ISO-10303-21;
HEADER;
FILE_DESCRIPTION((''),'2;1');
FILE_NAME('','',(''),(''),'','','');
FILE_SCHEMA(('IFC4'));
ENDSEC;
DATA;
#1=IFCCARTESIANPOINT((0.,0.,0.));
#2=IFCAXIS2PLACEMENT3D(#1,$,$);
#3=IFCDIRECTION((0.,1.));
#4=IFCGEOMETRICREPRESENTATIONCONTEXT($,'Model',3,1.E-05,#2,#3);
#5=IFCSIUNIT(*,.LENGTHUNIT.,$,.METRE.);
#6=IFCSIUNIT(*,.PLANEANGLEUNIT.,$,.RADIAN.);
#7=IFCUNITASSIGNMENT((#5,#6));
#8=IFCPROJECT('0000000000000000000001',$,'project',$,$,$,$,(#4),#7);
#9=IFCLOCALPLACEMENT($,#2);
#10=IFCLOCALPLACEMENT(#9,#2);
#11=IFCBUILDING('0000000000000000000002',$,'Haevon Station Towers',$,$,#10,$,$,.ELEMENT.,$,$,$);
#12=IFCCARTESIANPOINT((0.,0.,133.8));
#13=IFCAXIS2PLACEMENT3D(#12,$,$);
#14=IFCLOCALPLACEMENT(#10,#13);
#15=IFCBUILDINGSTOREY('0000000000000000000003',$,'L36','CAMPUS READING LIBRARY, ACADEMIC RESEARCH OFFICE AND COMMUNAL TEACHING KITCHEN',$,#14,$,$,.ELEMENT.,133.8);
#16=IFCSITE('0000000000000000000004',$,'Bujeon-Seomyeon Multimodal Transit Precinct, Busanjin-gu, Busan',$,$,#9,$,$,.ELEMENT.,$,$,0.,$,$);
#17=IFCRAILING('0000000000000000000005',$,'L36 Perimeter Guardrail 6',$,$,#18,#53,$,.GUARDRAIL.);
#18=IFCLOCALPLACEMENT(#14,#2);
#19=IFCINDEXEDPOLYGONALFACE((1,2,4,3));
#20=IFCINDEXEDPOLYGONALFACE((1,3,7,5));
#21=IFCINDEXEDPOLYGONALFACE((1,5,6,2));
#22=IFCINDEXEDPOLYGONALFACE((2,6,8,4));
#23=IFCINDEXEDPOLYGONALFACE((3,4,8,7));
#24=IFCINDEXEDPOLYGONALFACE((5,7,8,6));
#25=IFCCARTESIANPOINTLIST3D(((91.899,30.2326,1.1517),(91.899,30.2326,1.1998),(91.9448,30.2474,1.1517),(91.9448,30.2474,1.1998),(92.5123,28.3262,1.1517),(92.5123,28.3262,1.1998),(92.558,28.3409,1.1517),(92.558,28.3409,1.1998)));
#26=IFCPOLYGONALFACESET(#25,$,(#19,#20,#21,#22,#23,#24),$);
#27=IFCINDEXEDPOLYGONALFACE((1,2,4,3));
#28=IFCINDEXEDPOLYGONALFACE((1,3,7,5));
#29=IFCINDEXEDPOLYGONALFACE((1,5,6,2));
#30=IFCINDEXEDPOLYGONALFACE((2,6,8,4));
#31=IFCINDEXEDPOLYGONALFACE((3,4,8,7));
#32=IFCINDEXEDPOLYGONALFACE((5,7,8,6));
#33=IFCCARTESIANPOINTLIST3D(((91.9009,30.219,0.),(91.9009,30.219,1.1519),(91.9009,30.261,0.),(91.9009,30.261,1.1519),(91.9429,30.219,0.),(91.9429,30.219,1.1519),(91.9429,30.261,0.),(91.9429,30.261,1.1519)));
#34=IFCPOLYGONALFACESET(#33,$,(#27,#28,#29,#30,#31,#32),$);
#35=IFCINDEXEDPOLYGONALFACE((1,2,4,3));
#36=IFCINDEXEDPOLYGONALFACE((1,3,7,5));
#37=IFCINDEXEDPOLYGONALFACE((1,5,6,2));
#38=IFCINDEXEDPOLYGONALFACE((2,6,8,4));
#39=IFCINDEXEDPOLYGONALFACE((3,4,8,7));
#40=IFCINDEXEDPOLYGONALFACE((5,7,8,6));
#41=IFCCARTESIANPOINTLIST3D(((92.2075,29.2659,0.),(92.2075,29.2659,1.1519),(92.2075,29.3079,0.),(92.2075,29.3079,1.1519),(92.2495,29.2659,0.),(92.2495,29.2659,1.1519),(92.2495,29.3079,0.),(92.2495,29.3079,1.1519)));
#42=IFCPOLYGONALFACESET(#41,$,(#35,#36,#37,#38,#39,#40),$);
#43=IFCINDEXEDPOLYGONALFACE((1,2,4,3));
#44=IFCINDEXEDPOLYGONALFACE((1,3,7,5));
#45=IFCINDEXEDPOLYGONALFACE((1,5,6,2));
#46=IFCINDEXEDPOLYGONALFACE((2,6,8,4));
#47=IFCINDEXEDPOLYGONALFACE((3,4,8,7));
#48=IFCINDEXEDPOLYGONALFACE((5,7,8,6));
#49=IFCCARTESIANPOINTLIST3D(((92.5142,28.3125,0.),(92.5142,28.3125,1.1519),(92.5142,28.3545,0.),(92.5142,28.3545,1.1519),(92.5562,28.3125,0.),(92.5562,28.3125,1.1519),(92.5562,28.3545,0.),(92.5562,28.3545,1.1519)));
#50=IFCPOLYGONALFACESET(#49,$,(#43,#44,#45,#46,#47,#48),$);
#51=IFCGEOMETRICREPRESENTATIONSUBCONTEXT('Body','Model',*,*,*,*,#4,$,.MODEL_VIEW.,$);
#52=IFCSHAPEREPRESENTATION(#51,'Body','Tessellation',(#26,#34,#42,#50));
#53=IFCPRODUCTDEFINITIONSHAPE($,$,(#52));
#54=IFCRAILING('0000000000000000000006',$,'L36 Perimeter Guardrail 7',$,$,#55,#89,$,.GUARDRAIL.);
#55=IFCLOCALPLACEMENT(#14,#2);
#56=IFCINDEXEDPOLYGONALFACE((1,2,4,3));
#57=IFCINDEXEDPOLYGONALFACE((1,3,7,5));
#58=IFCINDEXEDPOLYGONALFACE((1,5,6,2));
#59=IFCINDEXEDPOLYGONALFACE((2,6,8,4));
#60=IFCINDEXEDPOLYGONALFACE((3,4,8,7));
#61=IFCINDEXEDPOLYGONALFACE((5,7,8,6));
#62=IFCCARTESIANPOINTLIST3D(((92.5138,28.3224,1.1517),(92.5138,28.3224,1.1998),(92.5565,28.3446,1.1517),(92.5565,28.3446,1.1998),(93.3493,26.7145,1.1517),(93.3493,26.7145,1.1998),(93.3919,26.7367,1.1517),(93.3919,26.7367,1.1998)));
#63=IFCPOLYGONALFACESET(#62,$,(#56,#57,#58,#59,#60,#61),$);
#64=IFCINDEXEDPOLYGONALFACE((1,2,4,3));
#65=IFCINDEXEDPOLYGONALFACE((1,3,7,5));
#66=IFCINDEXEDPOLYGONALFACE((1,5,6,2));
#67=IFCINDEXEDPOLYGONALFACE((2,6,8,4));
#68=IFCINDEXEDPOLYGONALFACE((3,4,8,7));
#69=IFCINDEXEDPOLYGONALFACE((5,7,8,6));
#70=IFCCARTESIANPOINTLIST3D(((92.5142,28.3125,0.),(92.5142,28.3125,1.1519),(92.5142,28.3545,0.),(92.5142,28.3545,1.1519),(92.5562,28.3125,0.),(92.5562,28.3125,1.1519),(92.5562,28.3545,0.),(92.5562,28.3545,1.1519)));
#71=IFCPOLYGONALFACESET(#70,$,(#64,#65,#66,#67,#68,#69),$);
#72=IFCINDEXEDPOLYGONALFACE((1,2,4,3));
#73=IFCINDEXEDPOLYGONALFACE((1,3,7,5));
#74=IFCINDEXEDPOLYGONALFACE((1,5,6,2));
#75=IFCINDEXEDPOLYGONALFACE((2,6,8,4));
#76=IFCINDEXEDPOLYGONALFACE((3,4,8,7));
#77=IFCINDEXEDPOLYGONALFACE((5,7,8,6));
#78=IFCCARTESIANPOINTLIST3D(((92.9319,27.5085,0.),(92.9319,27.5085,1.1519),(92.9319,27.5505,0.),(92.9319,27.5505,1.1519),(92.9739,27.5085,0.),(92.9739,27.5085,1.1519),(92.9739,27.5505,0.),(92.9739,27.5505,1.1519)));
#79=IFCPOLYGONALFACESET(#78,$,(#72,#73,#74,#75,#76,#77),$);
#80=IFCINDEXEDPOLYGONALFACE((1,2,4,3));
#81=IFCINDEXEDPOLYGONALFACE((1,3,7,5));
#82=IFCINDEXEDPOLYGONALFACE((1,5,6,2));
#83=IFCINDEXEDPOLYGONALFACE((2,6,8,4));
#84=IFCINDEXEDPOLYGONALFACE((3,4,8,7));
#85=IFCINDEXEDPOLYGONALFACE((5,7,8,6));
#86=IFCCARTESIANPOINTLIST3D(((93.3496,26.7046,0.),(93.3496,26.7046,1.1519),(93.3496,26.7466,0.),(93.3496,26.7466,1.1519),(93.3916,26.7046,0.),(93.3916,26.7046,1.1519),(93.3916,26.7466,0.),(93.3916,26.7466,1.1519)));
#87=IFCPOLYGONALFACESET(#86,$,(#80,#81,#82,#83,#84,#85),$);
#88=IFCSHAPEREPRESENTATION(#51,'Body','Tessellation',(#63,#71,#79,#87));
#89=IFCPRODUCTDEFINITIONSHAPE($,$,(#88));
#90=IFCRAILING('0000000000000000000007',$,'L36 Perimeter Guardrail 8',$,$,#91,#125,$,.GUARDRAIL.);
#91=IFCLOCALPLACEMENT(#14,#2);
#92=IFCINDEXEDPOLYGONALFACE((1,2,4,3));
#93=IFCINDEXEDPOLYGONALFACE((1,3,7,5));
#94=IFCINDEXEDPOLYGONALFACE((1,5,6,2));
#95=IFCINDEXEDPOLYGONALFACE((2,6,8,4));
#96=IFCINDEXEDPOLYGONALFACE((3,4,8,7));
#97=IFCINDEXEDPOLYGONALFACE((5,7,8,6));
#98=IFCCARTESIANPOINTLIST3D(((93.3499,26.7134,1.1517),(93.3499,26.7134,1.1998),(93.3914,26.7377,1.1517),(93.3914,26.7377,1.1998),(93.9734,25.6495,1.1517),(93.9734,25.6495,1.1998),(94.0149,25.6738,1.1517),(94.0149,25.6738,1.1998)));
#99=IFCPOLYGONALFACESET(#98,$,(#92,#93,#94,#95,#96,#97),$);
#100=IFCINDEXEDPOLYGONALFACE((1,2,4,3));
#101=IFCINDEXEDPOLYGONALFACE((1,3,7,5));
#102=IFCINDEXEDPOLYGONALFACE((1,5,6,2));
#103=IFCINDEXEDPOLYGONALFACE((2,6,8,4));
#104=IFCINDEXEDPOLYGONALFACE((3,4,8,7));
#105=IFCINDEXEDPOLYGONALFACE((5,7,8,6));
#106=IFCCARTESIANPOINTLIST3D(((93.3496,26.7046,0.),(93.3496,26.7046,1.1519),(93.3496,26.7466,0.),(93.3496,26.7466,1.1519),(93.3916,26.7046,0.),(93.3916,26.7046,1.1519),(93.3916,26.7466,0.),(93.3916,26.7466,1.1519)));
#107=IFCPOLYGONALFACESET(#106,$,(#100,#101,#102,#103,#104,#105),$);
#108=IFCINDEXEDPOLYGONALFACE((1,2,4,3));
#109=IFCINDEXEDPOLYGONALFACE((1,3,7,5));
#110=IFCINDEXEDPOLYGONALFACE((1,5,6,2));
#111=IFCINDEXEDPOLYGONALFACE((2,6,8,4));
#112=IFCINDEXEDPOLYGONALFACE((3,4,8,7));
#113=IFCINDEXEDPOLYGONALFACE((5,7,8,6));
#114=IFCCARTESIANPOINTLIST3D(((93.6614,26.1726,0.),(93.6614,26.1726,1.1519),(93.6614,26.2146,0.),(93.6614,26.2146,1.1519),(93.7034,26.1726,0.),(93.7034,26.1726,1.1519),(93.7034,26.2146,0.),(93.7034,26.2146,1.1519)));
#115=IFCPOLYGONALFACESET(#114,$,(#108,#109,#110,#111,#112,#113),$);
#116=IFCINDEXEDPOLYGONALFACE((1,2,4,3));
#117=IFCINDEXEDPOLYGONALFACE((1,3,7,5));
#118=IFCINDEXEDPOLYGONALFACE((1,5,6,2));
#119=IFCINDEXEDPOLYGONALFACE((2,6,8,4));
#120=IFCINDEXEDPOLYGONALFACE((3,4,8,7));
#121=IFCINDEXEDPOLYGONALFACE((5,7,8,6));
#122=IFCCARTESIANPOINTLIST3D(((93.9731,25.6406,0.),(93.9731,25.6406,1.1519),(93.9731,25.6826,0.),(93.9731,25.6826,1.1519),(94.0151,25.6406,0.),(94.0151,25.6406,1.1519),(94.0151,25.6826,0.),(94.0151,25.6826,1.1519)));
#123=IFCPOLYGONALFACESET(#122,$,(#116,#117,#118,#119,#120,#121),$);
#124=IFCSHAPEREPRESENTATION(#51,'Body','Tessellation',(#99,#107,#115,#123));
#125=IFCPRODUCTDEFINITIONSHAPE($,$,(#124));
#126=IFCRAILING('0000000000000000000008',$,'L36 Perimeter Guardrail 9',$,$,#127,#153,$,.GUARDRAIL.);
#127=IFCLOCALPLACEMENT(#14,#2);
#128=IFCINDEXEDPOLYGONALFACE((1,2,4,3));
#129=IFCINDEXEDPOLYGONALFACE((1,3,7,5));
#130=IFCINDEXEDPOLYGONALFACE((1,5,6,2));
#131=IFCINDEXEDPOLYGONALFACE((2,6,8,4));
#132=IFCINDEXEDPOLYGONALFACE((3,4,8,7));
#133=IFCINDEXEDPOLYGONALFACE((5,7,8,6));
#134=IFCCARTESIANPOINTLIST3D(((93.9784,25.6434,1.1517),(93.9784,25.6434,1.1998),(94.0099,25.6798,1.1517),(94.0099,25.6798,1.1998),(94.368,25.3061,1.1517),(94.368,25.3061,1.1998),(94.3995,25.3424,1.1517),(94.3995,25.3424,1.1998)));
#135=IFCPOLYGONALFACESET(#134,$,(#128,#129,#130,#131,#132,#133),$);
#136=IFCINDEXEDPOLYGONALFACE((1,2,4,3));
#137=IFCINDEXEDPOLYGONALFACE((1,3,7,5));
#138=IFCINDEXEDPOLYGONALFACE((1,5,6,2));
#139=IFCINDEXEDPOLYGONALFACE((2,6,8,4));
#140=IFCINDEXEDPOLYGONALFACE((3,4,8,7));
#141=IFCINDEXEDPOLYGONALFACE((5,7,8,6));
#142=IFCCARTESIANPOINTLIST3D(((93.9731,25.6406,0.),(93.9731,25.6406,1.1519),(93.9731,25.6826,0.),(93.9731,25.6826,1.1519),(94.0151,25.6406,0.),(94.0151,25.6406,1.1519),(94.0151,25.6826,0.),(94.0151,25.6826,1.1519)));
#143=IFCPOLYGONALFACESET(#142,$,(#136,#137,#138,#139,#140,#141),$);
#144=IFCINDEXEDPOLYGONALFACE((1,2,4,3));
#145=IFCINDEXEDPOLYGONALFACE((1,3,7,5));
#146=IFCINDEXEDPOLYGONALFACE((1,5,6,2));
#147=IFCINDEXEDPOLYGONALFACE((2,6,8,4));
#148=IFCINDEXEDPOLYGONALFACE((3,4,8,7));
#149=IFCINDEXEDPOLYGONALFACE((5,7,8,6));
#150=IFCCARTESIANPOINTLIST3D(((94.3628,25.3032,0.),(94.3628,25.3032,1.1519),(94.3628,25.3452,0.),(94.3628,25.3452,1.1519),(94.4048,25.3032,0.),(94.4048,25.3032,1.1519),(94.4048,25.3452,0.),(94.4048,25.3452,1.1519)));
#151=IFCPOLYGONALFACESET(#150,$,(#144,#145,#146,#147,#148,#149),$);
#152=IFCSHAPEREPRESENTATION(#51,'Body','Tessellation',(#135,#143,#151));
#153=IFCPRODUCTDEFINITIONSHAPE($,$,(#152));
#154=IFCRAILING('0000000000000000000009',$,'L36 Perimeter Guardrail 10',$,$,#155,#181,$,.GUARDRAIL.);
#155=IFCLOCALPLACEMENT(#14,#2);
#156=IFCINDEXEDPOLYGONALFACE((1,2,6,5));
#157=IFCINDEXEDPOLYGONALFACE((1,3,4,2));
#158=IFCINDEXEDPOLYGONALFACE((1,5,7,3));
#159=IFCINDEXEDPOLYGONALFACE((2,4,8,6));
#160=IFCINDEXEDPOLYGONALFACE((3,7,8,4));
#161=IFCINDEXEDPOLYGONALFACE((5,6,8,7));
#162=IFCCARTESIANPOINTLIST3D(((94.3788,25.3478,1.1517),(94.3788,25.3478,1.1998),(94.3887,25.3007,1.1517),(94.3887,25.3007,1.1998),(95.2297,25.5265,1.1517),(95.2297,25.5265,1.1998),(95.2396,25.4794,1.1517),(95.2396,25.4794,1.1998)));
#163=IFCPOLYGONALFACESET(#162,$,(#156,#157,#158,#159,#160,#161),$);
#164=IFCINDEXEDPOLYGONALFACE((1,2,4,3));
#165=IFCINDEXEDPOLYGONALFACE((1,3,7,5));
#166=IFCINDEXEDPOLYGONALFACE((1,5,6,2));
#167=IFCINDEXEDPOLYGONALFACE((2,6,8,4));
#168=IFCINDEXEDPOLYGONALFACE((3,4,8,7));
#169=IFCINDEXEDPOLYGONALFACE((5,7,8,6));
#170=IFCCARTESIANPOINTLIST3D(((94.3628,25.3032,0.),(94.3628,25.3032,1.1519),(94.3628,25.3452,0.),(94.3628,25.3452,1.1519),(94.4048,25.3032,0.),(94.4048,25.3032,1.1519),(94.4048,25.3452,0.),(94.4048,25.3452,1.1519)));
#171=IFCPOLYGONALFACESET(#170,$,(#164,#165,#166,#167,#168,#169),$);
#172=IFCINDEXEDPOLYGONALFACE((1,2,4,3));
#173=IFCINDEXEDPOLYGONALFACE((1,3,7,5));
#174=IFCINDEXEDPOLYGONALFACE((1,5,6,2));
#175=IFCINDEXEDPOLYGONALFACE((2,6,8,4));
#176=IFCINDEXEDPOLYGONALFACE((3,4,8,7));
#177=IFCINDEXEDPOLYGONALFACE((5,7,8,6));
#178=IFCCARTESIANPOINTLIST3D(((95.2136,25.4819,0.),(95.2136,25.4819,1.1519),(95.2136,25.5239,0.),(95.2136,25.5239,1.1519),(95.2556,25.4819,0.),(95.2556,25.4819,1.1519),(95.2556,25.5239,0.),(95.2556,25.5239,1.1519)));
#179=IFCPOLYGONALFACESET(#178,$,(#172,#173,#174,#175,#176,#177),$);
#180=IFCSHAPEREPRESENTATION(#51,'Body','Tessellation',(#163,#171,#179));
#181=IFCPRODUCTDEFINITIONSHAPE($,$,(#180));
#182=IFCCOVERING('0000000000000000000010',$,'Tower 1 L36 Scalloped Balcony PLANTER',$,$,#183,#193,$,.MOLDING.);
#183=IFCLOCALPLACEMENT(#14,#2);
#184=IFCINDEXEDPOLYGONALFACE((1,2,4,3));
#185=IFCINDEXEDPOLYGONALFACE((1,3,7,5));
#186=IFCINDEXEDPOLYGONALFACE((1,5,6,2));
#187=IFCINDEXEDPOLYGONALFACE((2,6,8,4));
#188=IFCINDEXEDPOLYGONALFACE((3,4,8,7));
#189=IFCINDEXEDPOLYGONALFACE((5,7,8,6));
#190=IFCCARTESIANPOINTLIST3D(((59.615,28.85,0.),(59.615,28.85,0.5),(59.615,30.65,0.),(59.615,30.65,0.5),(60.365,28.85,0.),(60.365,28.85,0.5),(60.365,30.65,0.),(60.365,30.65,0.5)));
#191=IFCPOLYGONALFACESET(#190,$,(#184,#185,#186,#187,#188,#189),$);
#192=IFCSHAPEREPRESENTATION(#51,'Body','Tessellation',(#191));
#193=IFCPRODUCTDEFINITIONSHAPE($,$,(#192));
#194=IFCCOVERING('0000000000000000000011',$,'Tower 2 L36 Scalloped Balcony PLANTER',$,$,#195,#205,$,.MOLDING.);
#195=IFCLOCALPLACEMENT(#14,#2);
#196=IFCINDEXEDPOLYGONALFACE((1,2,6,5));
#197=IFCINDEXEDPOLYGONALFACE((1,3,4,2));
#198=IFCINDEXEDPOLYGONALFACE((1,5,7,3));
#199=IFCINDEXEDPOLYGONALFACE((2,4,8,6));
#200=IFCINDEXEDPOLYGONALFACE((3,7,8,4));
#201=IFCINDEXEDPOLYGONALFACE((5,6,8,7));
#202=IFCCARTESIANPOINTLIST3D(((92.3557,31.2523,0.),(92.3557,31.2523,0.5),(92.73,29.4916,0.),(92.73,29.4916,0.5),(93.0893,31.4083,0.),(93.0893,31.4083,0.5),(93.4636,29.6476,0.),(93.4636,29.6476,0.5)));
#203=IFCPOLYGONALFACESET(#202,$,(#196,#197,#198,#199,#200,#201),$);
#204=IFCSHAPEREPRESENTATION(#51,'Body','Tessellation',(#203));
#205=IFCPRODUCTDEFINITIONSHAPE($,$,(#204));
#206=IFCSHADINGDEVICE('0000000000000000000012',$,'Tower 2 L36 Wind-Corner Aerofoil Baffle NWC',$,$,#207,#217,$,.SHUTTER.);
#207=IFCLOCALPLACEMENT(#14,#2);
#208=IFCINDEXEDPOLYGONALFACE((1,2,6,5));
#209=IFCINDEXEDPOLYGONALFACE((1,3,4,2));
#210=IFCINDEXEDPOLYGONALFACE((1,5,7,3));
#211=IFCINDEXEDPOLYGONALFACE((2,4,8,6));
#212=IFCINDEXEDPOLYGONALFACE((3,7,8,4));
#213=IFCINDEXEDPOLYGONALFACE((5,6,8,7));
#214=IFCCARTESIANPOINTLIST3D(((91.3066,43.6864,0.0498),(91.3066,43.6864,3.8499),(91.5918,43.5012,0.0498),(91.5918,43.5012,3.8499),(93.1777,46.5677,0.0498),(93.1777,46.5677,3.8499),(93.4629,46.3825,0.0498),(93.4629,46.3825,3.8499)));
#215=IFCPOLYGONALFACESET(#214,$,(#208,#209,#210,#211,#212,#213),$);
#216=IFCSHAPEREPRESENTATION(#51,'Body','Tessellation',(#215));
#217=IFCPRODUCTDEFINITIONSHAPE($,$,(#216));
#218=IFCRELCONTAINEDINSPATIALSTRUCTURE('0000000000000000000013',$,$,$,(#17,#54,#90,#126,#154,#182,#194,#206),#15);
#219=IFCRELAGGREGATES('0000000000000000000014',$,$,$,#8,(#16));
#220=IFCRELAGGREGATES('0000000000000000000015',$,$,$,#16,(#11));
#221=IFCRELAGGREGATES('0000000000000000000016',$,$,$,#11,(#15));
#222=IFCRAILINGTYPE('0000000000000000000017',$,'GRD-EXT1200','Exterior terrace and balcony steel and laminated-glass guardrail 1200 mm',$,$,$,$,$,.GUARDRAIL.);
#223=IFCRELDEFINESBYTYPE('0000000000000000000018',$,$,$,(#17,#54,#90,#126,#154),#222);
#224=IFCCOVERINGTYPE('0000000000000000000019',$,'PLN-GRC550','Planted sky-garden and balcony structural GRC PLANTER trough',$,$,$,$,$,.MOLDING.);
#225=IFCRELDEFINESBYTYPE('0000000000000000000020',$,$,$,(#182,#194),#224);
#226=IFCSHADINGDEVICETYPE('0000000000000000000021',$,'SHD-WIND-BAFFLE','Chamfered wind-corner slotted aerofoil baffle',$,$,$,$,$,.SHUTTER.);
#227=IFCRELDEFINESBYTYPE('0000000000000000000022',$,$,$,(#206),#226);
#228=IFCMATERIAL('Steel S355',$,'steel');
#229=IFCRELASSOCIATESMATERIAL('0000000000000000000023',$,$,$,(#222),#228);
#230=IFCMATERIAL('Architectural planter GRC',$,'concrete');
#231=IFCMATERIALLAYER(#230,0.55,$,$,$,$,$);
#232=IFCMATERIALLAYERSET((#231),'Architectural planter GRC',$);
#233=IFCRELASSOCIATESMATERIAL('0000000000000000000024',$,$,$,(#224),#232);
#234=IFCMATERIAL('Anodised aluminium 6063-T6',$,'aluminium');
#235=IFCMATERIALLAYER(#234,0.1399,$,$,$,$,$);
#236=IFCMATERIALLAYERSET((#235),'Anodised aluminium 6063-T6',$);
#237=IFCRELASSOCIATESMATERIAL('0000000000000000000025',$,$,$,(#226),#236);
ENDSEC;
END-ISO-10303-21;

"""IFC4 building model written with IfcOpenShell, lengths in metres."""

from ifc_helpers import new_model, si_unit, direction, frame, origin, origin_2d, place, context, subcontext, project, spatial, rectangle, extrude, material, layer, layer_set, type_object, element, save


model = new_model("IFC4")

# Units and contexts
model_context = context("Model", 3, precision=1e-05, world=origin(), true_north=direction((0.0, 1.0)))
body_context = subcontext(model_context, "Body", "Model", "MODEL_VIEW")
ifc_project = project(units=[si_unit("LENGTHUNIT", "METRE"), si_unit("PLANEANGLEUNIT", "RADIAN")], contexts=[model_context])

# Site, building, storey
site_placement = place(None, origin())
site = spatial("IfcSite", under=ifc_project, at=site_placement, Name="Bujeon-Seomyeon Multimodal Transit Precinct, Busanjin-gu, Busan", CompositionType="ELEMENT", RefElevation=0.0)
building_placement = place(site_placement, origin())
building = spatial("IfcBuilding", under=site, at=building_placement, Name="Haevon Station Towers", CompositionType="ELEMENT")
storey_placement = place(building_placement, frame((0.0, 0.0, 133.8)))
storey = spatial("IfcBuildingStorey", under=building, at=storey_placement, Name="L36", Description="CAMPUS READING LIBRARY, ACADEMIC RESEARCH OFFICE AND COMMUNAL TEACHING KITCHEN", CompositionType="ELEMENT", Elevation=133.8)

# Shared definitions
ifc_material_1 = material(Name="Steel S355", Category="steel")

# Railings
railing_type = type_object("IfcRailingType", Name="GRD-EXT1200", Description="Exterior terrace and balcony steel and laminated-glass guardrail 1200 mm", PredefinedType="GUARDRAIL", material=ifc_material_1)
railing_1_placement = place(storey_placement, frame((91.9219, 30.24, 0.0)))
element("IfcRailing", 1, at=railing_1_placement, inside=storey, type_object=railing_type, Name="L36 Perimeter Guardrail 6", PredefinedType="GUARDRAIL", context=body_context, shape_type="SweptSolid", body=[
    extrude(rectangle(XDim=0.0481, YDim=0.0481, at=origin_2d()), frame((0.0, 0.0, 1.1758), z_axis=(0.306226, -0.951959, 0.0), x_axis=(0.951959, 0.306226, 0.0)), (0.0, 0.0, 1.0), 2.0027),
    extrude(rectangle(XDim=0.042, YDim=0.042, at=origin_2d()), origin(), (0.0, 0.0, 1.0), 1.1519),
    extrude(rectangle(XDim=0.042, YDim=0.042, at=origin_2d()), frame((0.3066, -0.9531, 0.0)), (0.0, 0.0, 1.0), 1.1519),
    extrude(rectangle(XDim=0.042, YDim=0.042, at=origin_2d()), frame((0.6133, -1.9065, 0.0)), (0.0, 0.0, 1.0), 1.1519),
])
railing_2_placement = place(storey_placement, frame((92.5352, 28.3335, 0.0)))
element("IfcRailing", 2, at=railing_2_placement, inside=storey, type_object=railing_type, Name="L36 Perimeter Guardrail 7", PredefinedType="GUARDRAIL", context=body_context, shape_type="SweptSolid", body=[
    extrude(rectangle(XDim=0.0481, YDim=0.0481, at=origin_2d()), frame((0.0, 0.0, 1.1758), z_axis=(0.461064, -0.887367, 0.0), x_axis=(0.887367, 0.461064, 0.0)), (0.0, 0.0, 1.0), 1.812),
    extrude(rectangle(XDim=0.042, YDim=0.042, at=origin_2d()), origin(), (0.0, 0.0, 1.0), 1.1519),
    extrude(rectangle(XDim=0.042, YDim=0.042, at=origin_2d()), frame((0.4177, -0.804, 0.0)), (0.0, 0.0, 1.0), 1.1519),
    extrude(rectangle(XDim=0.042, YDim=0.042, at=origin_2d()), frame((0.8354, -1.6079, 0.0)), (0.0, 0.0, 1.0), 1.1519),
])
railing_3_placement = place(storey_placement, frame((93.3706, 26.7256, 0.0)))
element("IfcRailing", 3, at=railing_3_placement, inside=storey, type_object=railing_type, Name="L36 Perimeter Guardrail 8", PredefinedType="GUARDRAIL", context=body_context, shape_type="SweptSolid", body=[
    extrude(rectangle(XDim=0.0481, YDim=0.0481, at=origin_2d()), frame((0.0, 0.0, 1.1758), z_axis=(0.505618, -0.862758, 0.0), x_axis=(0.862758, 0.505618, 0.0)), (0.0, 0.0, 1.0), 1.2332),
    extrude(rectangle(XDim=0.042, YDim=0.042, at=origin_2d()), origin(), (0.0, 0.0, 1.0), 1.1519),
    extrude(rectangle(XDim=0.042, YDim=0.042, at=origin_2d()), frame((0.3118, -0.532, 0.0)), (0.0, 0.0, 1.0), 1.1519),
    extrude(rectangle(XDim=0.042, YDim=0.042, at=origin_2d()), frame((0.6235, -1.064, 0.0)), (0.0, 0.0, 1.0), 1.1519),
])
railing_4_placement = place(storey_placement, frame((93.9941, 25.6616, 0.0)))
element("IfcRailing", 4, at=railing_4_placement, inside=storey, type_object=railing_type, Name="L36 Perimeter Guardrail 9", PredefinedType="GUARDRAIL", context=body_context, shape_type="SweptSolid", body=[
    extrude(rectangle(XDim=0.0481, YDim=0.0481, at=origin_2d()), frame((0.0, 0.0, 1.1758), z_axis=(0.75597, -0.654606, 0.0), x_axis=(0.654606, 0.75597, 0.0)), (0.0, 0.0, 1.0), 0.5154),
    extrude(rectangle(XDim=0.042, YDim=0.042, at=origin_2d()), origin(), (0.0, 0.0, 1.0), 1.1519),
    extrude(rectangle(XDim=0.042, YDim=0.042, at=origin_2d()), frame((0.3896, -0.3374, 0.0)), (0.0, 0.0, 1.0), 1.1519),
])
railing_5_placement = place(storey_placement, frame((94.3838, 25.3242, 0.0)))
element("IfcRailing", 5, at=railing_5_placement, inside=storey, type_object=railing_type, Name="L36 Perimeter Guardrail 10", PredefinedType="GUARDRAIL", context=body_context, shape_type="SweptSolid", body=[
    extrude(rectangle(XDim=0.0481, YDim=0.0481, at=origin_2d()), frame((0.0, 0.0, 1.1758), z_axis=(0.978645, 0.205558, 0.0), x_axis=(-0.205558, 0.978645, 0.0)), (0.0, 0.0, 1.0), 0.8694),
    extrude(rectangle(XDim=0.042, YDim=0.042, at=origin_2d()), origin(), (0.0, 0.0, 1.0), 1.1519),
    extrude(rectangle(XDim=0.042, YDim=0.042, at=origin_2d()), frame((0.8508, 0.1787, 0.0)), (0.0, 0.0, 1.0), 1.1519),
])

# Coverings
ifc_material_2 = material(Name="Architectural planter GRC", Category="concrete")
ifc_layer_1 = layer(ifc_material_2, 0.55)
ifc_layer_set_1 = layer_set([ifc_layer_1], Name="Architectural planter GRC")
covering_type = type_object("IfcCoveringType", Name="PLN-GRC550", Description="Planted sky-garden and balcony structural GRC PLANTER trough", PredefinedType="MOLDING", material=ifc_layer_set_1)
for number, where, z_axis, x_axis, name in (
    (6, (59.99, 29.75, 0.0), (0.0, 0.0, 1.0), (1.0, 0.0, 0.0), "Tower 1 L36 Scalloped Balcony PLANTER"),
    (7, (92.9097, 30.45, 0.0), (0.0, 0.0, 1.0), (0.978148, 0.207912, 0.0), "Tower 2 L36 Scalloped Balcony PLANTER"),
):
    element("IfcCovering", number, at=place(storey_placement, frame(where, z_axis=z_axis, x_axis=x_axis)), inside=storey, type_object=covering_type, Name=name, PredefinedType="MOLDING", context=body_context, shape_type="SweptSolid", body=[
        extrude(rectangle(XDim=0.75, YDim=1.8, at=origin_2d()), origin(), (0.0, 0.0, 1.0), 0.5),
    ])

# Shading device
ifc_material_3 = material(Name="Anodised aluminium 6063-T6", Category="aluminium")
ifc_layer_2 = layer(ifc_material_3, 0.1399)
ifc_layer_set_2 = layer_set([ifc_layer_2], Name="Anodised aluminium 6063-T6")
shading_device_type = type_object("IfcShadingDeviceType", Name="SHD-WIND-BAFFLE", Description="Chamfered wind-corner slotted aerofoil baffle", PredefinedType="SHUTTER", material=ifc_layer_set_2)
shading_device_placement = place(storey_placement, frame((92.3848, 45.0344, 0.0498), z_axis=(0.0, 0.0, 1.0), x_axis=(0.544639, 0.838671, 0.0)))
element("IfcShadingDevice", 8, at=shading_device_placement, inside=storey, type_object=shading_device_type, Name="Tower 2 L36 Wind-Corner Aerofoil Baffle NWC", PredefinedType="SHUTTER", context=body_context, shape_type="SweptSolid", body=[
    extrude(rectangle(XDim=3.4355, YDim=0.3401, at=origin_2d()), origin(), (0.0, 0.0, 1.0), 3.8),
])

save(model, "model.ifc")
